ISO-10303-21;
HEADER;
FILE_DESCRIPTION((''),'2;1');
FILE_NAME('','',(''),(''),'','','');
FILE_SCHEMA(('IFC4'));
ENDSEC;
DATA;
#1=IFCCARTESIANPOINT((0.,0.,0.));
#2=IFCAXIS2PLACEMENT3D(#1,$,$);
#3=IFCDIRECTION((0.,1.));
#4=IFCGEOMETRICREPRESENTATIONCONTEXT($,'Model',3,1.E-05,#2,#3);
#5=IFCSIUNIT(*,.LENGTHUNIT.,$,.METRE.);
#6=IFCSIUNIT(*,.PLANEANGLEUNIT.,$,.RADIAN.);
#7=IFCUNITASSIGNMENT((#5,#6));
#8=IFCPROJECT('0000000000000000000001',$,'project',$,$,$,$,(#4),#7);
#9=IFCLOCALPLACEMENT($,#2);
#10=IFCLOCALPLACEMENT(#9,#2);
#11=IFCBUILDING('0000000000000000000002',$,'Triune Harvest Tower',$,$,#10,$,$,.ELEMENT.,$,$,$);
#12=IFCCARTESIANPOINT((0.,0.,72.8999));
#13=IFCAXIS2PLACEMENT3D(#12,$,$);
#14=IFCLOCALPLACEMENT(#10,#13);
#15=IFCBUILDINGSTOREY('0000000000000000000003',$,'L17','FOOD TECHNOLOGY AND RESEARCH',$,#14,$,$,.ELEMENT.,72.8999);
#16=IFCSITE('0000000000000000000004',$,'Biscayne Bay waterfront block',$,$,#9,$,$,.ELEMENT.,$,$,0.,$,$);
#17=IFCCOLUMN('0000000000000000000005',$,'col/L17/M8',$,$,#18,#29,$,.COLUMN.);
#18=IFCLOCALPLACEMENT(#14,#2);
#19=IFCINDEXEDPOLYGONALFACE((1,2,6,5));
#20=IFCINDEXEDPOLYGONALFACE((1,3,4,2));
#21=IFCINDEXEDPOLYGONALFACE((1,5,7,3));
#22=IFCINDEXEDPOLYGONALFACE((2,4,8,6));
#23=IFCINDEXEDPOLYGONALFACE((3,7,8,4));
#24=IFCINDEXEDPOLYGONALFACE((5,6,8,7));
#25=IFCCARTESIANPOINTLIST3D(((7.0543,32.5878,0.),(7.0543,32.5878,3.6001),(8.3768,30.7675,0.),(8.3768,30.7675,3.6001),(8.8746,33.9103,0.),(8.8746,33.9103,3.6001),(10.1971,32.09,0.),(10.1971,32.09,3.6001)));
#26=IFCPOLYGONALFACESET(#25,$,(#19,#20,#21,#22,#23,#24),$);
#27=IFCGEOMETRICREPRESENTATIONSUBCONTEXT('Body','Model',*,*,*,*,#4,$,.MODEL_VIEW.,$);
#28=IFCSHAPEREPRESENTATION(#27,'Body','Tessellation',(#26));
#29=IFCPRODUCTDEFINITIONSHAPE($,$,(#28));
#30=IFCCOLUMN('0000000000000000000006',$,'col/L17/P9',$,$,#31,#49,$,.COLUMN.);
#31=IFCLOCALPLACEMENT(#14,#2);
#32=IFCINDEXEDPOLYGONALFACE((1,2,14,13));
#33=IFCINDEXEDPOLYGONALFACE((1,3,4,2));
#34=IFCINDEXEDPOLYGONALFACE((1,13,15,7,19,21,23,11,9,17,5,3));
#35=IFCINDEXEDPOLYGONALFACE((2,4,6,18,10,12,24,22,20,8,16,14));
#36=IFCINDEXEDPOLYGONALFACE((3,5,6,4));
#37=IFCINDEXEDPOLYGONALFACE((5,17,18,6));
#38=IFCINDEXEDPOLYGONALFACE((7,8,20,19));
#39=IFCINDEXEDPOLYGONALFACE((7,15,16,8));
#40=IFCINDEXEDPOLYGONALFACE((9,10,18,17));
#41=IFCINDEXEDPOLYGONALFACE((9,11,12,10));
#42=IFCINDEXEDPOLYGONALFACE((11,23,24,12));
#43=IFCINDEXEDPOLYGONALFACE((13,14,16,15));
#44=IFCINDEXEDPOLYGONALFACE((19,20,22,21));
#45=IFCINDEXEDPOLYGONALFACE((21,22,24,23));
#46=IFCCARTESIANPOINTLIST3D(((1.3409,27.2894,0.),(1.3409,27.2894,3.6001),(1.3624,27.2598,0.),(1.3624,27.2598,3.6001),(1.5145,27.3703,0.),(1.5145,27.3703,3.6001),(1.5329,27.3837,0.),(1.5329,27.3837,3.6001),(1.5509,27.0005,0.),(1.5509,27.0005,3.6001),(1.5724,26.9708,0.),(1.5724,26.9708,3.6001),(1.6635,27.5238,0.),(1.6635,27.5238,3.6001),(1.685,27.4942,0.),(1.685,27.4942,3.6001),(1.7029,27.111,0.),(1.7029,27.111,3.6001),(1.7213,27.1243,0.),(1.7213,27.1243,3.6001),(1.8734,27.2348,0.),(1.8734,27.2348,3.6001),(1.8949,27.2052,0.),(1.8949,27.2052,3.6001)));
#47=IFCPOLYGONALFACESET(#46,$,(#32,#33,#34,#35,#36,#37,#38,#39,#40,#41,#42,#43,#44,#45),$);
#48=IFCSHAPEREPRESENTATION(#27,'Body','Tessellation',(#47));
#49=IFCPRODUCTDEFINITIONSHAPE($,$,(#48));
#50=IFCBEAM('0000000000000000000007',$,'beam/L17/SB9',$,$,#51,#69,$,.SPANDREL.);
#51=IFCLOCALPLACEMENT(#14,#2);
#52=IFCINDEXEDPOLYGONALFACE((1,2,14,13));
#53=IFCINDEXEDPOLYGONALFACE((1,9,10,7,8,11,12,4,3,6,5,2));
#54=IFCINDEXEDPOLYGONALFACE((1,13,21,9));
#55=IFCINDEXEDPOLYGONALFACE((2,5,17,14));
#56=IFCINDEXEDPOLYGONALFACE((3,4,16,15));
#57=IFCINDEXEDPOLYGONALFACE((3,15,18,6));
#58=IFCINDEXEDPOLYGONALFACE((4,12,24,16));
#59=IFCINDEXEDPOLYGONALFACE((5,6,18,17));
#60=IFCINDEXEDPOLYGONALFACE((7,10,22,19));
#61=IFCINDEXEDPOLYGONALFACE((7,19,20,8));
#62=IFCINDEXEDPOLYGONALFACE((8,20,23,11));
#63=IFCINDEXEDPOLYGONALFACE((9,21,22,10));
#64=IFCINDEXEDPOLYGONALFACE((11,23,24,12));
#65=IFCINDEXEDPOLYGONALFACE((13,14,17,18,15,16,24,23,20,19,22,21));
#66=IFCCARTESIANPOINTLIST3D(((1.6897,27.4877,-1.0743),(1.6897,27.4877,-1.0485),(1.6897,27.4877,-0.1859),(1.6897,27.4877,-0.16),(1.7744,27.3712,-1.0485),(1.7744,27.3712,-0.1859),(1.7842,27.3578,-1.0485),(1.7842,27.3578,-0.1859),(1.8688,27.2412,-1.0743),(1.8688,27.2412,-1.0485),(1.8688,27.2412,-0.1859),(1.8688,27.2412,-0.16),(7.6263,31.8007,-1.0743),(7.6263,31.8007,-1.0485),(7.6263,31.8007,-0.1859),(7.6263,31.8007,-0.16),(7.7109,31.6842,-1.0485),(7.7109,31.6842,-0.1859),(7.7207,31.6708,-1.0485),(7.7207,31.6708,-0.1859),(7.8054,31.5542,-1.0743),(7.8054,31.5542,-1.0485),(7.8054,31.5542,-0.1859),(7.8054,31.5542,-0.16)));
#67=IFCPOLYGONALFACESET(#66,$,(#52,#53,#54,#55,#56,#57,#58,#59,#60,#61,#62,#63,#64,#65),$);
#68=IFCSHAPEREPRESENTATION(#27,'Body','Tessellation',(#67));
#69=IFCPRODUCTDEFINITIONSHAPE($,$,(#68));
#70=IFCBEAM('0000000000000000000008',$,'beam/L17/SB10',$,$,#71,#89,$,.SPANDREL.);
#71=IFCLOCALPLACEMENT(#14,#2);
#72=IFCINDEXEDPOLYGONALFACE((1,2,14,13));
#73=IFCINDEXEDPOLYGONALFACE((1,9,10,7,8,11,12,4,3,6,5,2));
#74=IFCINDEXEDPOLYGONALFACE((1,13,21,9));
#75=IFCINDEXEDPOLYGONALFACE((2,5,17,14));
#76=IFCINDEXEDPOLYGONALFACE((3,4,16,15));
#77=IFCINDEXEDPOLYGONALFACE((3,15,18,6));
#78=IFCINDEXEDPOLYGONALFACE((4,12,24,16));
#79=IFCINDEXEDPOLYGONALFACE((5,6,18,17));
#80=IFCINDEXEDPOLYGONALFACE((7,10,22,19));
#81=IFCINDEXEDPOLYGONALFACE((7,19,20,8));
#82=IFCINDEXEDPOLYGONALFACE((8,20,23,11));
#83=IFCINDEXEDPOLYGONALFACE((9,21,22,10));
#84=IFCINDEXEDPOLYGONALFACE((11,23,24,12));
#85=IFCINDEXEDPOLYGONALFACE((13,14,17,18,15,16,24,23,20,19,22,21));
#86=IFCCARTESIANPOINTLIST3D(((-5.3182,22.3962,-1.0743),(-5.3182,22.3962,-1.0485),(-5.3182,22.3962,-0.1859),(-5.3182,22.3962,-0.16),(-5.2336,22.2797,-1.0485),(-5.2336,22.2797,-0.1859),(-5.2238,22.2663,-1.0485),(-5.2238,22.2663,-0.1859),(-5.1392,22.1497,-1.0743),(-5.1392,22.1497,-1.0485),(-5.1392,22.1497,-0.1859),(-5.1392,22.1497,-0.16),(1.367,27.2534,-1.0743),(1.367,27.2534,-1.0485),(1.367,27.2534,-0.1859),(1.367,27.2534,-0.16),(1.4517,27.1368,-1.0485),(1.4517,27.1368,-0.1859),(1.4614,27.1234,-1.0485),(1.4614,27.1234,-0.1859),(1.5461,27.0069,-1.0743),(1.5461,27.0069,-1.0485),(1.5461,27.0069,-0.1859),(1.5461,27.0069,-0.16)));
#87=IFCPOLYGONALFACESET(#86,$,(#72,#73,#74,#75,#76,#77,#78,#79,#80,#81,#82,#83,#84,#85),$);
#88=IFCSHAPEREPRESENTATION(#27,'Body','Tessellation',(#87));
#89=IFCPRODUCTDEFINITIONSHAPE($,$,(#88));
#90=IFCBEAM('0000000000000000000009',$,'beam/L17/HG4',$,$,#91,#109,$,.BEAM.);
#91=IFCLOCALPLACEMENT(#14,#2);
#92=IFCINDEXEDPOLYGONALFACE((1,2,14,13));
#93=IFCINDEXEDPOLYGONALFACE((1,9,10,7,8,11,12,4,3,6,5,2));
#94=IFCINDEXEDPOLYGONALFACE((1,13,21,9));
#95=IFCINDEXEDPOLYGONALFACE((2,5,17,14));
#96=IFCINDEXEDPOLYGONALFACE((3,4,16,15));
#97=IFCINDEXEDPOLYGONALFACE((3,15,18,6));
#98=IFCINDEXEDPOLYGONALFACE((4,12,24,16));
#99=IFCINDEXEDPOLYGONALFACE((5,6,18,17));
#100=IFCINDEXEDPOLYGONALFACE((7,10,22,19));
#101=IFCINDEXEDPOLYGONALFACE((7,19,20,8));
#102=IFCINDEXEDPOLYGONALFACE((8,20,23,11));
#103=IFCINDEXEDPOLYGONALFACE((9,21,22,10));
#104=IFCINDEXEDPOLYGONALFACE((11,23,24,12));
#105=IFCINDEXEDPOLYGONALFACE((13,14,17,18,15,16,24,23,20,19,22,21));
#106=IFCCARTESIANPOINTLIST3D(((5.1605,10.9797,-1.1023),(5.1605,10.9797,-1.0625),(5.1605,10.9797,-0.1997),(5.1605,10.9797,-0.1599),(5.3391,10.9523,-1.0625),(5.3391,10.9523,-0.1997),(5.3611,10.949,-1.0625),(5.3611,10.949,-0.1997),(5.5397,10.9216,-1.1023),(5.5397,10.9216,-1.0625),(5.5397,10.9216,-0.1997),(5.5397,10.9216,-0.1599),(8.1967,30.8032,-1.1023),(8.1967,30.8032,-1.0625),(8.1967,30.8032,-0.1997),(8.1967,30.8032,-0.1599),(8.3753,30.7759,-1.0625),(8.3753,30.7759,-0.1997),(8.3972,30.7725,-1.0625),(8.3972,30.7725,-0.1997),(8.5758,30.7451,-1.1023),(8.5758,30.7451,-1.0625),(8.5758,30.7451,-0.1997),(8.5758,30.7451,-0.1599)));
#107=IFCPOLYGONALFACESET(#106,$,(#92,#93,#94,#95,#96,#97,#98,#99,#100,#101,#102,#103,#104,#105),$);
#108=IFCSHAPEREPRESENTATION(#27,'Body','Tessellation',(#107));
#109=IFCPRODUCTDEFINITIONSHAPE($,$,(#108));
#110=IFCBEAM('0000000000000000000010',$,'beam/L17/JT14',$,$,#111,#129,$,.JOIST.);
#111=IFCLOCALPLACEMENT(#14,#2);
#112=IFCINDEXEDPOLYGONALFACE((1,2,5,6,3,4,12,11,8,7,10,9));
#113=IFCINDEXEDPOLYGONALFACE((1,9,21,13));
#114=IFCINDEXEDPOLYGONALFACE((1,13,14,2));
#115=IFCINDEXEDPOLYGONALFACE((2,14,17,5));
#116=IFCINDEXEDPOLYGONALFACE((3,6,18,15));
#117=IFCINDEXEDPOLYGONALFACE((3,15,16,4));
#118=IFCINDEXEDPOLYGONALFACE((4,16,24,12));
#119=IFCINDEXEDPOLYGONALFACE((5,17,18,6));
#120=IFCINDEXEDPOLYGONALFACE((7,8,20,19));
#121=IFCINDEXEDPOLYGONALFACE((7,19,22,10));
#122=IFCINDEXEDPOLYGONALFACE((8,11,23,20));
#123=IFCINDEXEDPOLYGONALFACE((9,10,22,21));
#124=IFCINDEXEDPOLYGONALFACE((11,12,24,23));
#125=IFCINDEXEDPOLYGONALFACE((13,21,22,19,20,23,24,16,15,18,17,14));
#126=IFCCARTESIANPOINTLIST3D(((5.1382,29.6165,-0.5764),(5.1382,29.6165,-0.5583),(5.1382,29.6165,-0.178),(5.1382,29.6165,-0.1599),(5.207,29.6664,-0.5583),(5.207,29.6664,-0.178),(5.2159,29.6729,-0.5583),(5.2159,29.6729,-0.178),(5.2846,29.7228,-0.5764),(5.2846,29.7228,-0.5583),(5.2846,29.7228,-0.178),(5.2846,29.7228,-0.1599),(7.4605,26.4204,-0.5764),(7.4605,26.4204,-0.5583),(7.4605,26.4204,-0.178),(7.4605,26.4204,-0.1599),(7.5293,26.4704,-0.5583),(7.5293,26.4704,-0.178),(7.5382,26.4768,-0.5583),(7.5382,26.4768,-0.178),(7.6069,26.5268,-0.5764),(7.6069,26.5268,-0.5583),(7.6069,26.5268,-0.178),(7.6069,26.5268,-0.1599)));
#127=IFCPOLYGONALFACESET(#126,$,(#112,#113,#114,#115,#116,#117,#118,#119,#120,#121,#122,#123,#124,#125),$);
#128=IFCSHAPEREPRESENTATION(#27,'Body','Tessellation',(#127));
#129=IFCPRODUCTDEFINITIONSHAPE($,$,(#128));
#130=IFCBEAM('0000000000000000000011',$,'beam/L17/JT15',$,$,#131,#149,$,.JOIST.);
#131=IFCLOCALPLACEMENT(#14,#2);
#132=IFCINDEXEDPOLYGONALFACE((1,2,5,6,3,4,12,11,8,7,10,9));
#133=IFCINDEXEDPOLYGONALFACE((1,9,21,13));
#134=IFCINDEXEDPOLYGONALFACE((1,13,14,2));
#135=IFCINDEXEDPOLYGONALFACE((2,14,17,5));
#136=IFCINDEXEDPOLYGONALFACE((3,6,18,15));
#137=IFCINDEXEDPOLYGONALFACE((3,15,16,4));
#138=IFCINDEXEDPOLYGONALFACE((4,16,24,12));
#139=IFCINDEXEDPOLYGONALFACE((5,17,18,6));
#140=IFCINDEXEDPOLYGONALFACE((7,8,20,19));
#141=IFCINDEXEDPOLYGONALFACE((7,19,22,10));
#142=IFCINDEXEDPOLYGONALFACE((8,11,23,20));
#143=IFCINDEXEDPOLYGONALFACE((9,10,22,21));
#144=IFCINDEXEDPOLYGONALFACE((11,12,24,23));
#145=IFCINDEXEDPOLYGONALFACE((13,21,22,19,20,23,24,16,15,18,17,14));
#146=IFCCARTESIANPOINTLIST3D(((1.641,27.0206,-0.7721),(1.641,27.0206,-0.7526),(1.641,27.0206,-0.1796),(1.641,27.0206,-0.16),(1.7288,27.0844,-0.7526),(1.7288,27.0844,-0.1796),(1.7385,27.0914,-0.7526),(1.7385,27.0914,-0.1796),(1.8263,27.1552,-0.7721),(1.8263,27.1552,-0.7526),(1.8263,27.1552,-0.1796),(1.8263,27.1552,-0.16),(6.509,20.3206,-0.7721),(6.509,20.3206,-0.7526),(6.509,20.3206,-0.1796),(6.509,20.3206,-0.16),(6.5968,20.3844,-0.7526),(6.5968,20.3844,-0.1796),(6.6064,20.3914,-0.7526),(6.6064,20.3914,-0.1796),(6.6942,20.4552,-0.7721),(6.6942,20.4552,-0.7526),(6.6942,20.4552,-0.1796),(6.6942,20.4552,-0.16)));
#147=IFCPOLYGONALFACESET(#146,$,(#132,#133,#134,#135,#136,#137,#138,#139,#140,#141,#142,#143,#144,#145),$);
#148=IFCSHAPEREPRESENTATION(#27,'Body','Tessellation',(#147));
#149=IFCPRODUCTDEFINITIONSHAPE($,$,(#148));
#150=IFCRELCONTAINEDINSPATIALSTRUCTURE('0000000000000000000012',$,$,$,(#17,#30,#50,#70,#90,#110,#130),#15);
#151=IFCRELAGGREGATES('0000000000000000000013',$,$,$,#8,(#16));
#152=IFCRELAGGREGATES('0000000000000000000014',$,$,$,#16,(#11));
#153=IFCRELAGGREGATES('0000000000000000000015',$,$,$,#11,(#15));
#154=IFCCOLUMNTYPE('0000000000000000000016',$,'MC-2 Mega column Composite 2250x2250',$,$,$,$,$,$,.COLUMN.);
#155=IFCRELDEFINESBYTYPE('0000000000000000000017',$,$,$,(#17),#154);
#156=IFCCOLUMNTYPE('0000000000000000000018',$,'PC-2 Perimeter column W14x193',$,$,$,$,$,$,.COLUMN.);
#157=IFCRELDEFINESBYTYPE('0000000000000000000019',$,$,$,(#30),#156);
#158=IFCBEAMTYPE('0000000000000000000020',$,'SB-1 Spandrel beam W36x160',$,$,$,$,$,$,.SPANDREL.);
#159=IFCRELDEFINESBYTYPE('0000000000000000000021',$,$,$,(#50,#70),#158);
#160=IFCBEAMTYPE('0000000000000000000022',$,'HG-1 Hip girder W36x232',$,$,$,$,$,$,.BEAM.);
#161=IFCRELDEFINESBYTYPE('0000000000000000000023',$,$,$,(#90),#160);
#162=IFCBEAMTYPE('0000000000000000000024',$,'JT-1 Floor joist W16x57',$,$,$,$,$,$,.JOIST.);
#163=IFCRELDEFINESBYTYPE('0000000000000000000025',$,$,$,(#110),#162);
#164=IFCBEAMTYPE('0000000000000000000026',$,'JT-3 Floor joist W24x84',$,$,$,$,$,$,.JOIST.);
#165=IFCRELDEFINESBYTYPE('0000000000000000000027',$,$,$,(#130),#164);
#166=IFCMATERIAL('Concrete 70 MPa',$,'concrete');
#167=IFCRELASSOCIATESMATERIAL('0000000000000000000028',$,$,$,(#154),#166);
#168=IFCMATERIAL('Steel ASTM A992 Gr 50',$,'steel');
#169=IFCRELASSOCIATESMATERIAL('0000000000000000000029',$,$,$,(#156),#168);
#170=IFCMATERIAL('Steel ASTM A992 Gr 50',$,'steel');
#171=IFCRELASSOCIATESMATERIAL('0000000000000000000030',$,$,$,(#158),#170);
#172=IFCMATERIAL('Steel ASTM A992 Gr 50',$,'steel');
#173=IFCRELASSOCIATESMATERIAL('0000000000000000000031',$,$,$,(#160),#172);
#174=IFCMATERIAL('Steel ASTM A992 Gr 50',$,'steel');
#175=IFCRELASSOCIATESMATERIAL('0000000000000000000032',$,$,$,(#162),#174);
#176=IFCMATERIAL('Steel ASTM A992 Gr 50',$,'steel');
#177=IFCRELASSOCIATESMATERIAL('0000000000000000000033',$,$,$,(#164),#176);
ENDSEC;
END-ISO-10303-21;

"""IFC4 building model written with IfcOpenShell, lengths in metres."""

from ifc_helpers import new_model, si_unit, direction, frame, origin, origin_2d, place, context, subcontext, project, spatial, rectangle, i_section, extrude, source, transform, mapped, material, material_profile, profile_set, type_object, element, save


model = new_model("IFC4")

# Units and contexts
model_context = context("Model", 3, precision=1e-05, world=origin(), true_north=direction((0.0, 1.0)))
body_context = subcontext(model_context, "Body", "Model", "MODEL_VIEW")
ifc_project = project(units=[si_unit("LENGTHUNIT", "METRE"), si_unit("PLANEANGLEUNIT", "RADIAN")], contexts=[model_context])

# Site, building, storey
site_placement = place(None, origin())
site = spatial("IfcSite", under=ifc_project, at=site_placement, Name="Biscayne Bay waterfront block", CompositionType="ELEMENT", RefElevation=0.0)
building_placement = place(site_placement, origin())
building = spatial("IfcBuilding", under=site, at=building_placement, Name="Triune Harvest Tower", CompositionType="ELEMENT")
storey_placement = place(building_placement, frame((0.0, 0.0, 72.8999)))
storey = spatial("IfcBuildingStorey", under=building, at=storey_placement, Name="L17", Description="FOOD TECHNOLOGY AND RESEARCH", CompositionType="ELEMENT", Elevation=72.8999)

# Columns
ifc_material_1 = material(Name="Concrete 70 MPa", Category="concrete")
ifc_material_profile_1 = material_profile(ifc_material_1, rectangle(XDim=2.25, YDim=2.25, at=origin_2d()), Name="Composite 2250x2250")
ifc_profile_set_1 = profile_set([ifc_material_profile_1], Name="Concrete 70 MPa")
column_type_1 = type_object("IfcColumnType", Name="MC-2 Mega column Composite 2250x2250", PredefinedType="COLUMN", material=ifc_profile_set_1)
shared_shape_1 = source(origin(), body_context, "Body", "SweptSolid", [
    extrude(rectangle(XDim=2.25, YDim=2.25, at=origin_2d()), origin(), (0.0, 0.0, 1.0), 3.6001),
])
column_1_placement = place(storey_placement, frame((8.6257, 32.3389, 0.0), z_axis=(0.0, 0.0, 1.0), x_axis=(-0.809017, -0.587785, 0.0)))
element("IfcColumn", 1, at=column_1_placement, inside=storey, type_object=column_type_1, Name="col/L17/M8", PredefinedType="COLUMN", context=body_context, shape_type="MappedRepresentation", body=[
    mapped(shared_shape_1, transform((0.0, 0.0, 0.0), scale=1.0)),
])
ifc_material_2 = material(Name="Steel ASTM A992 Gr 50", Category="steel")
ifc_material_profile_2 = material_profile(ifc_material_2, i_section(OverallWidth=0.3987, OverallDepth=0.3938, WebThickness=0.0227, FlangeThickness=0.0366, at=origin_2d()), Name="W14x193")
ifc_profile_set_2 = profile_set([ifc_material_profile_2], Name="Steel ASTM A992 Gr 50")
column_type_2 = type_object("IfcColumnType", Name="PC-2 Perimeter column W14x193", PredefinedType="COLUMN", material=ifc_profile_set_2)
shared_shape_2 = source(origin(), body_context, "Body", "SweptSolid", [
    extrude(i_section(OverallWidth=0.3987, OverallDepth=0.3938, WebThickness=0.0227, FlangeThickness=0.0366, at=origin_2d()), origin(), (0.0, 0.0, 1.0), 3.6001),
])
column_2_placement = place(storey_placement, frame((1.6179, 27.2473, 0.0), z_axis=(0.0, 0.0, 1.0), x_axis=(-0.809017, -0.587785, 0.0)))
element("IfcColumn", 2, at=column_2_placement, inside=storey, type_object=column_type_2, Name="col/L17/P9", PredefinedType="COLUMN", context=body_context, shape_type="MappedRepresentation", body=[
    mapped(shared_shape_2, transform((0.0, 0.0, 0.0), scale=1.0)),
])

# Beams
ifc_material_3 = material(Name="Steel ASTM A992 Gr 50", Category="steel")
ifc_material_profile_3 = material_profile(ifc_material_3, i_section(OverallWidth=0.3047, OverallDepth=0.9143, WebThickness=0.0166, FlangeThickness=0.0259, at=origin_2d()), Name="W36x160")
ifc_profile_set_3 = profile_set([ifc_material_profile_3], Name="Steel ASTM A992 Gr 50")
beam_type_1 = type_object("IfcBeamType", Name="SB-1 Spandrel beam W36x160", PredefinedType="SPANDREL", material=ifc_profile_set_3)
shared_shape_3 = source(origin(), body_context, "Body", "SweptSolid", [
    extrude(i_section(OverallWidth=0.3047, OverallDepth=0.9143, WebThickness=0.0166, FlangeThickness=0.0259, at=origin_2d()), origin(), (0.0, 0.0, 1.0), 7.3379),
])
beam_1_placement = place(storey_placement, frame((7.7158, 31.6775, -0.6172), z_axis=(-0.809027, -0.587772, 0.0), x_axis=(0.587772, -0.809027, 0.0)))
element("IfcBeam", 3, at=beam_1_placement, inside=storey, type_object=beam_type_1, Name="beam/L17/SB9", PredefinedType="SPANDREL", context=body_context, shape_type="MappedRepresentation", body=[
    mapped(shared_shape_3, transform((0.0, 0.0, 0.0), scale=1.0)),
])
shared_shape_4 = source(origin(), body_context, "Body", "SweptSolid", [
    extrude(i_section(OverallWidth=0.3047, OverallDepth=0.9143, WebThickness=0.0166, FlangeThickness=0.0259, at=origin_2d()), origin(), (0.0, 0.0, 1.0), 8.2634),
])
beam_2_placement = place(storey_placement, frame((1.4565, 27.1301, -0.6172), z_axis=(-0.809016, -0.587787, 0.0), x_axis=(0.587787, -0.809016, 0.0)))
element("IfcBeam", 4, at=beam_2_placement, inside=storey, type_object=beam_type_1, Name="beam/L17/SB10", PredefinedType="SPANDREL", context=body_context, shape_type="MappedRepresentation", body=[
    mapped(shared_shape_4, transform((0.0, 0.0, 0.0), scale=1.0)),
])
ifc_material_4 = material(Name="Steel ASTM A992 Gr 50", Category="steel")
ifc_material_profile_4 = material_profile(ifc_material_4, i_section(OverallWidth=0.3835, OverallDepth=0.9424, WebThickness=0.0222, FlangeThickness=0.0398, at=origin_2d()), Name="W36x232")
ifc_profile_set_4 = profile_set([ifc_material_profile_4], Name="Steel ASTM A992 Gr 50")
beam_type_2 = type_object("IfcBeamType", Name="HG-1 Hip girder W36x232", PredefinedType="BEAM", material=ifc_profile_set_4)
shared_shape_5 = source(origin(), body_context, "Body", "SweptSolid", [
    extrude(i_section(OverallWidth=0.3835, OverallDepth=0.9424, WebThickness=0.0222, FlangeThickness=0.0398, at=origin_2d()), origin(), (0.0, 0.0, 1.0), 20.0547),
])
beam_3_placement = place(storey_placement, frame((8.3862, 30.7742, -0.6311), z_axis=(-0.151393, -0.988474, 0.0), x_axis=(0.988474, -0.151393, 0.0)))
element("IfcBeam", 5, at=beam_3_placement, inside=storey, type_object=beam_type_2, Name="beam/L17/HG4", PredefinedType="BEAM", context=body_context, shape_type="MappedRepresentation", body=[
    mapped(shared_shape_5, transform((0.0, 0.0, 0.0), scale=1.0)),
])
ifc_material_5 = material(Name="Steel ASTM A992 Gr 50", Category="steel")
ifc_material_profile_5 = material_profile(ifc_material_5, i_section(OverallWidth=0.1809, OverallDepth=0.4165, WebThickness=0.011, FlangeThickness=0.0181, at=origin_2d()), Name="W16x57")
ifc_profile_set_5 = profile_set([ifc_material_profile_5], Name="Steel ASTM A992 Gr 50")
beam_type_3 = type_object("IfcBeamType", Name="JT-1 Floor joist W16x57", PredefinedType="JOIST", material=ifc_profile_set_5)
shared_shape_6 = source(origin(), body_context, "Body", "SweptSolid", [
    extrude(i_section(OverallWidth=0.1809, OverallDepth=0.4165, WebThickness=0.011, FlangeThickness=0.0181, at=origin_2d()), origin(), (0.0, 0.0, 1.0), 3.9507),
])
beam_4_placement = place(storey_placement, frame((5.2114, 29.6697, -0.3682), z_axis=(0.587819, -0.808993, 0.0), x_axis=(0.808993, 0.587819, 0.0)))
element("IfcBeam", 6, at=beam_4_placement, inside=storey, type_object=beam_type_3, Name="beam/L17/JT14", PredefinedType="JOIST", context=body_context, shape_type="MappedRepresentation", body=[
    mapped(shared_shape_6, transform((0.0, 0.0, 0.0), scale=1.0)),
])
ifc_material_6 = material(Name="Steel ASTM A992 Gr 50", Category="steel")
ifc_material_profile_6 = material_profile(ifc_material_6, i_section(OverallWidth=0.229, OverallDepth=0.6121, WebThickness=0.012, FlangeThickness=0.0195, at=origin_2d()), Name="W24x84")
ifc_profile_set_6 = profile_set([ifc_material_profile_6], Name="Steel ASTM A992 Gr 50")
beam_type_4 = type_object("IfcBeamType", Name="JT-3 Floor joist W24x84", PredefinedType="JOIST", material=ifc_profile_set_6)
shared_shape_7 = source(origin(), body_context, "Body", "SweptSolid", [
    extrude(i_section(OverallWidth=0.229, OverallDepth=0.6121, WebThickness=0.012, FlangeThickness=0.0195, at=origin_2d()), origin(), (0.0, 0.0, 1.0), 8.2817),
])
beam_5_placement = place(storey_placement, frame((1.7336, 27.0879, -0.4661), z_axis=(0.587795, -0.80901, 0.0), x_axis=(0.80901, 0.587795, 0.0)))
element("IfcBeam", 7, at=beam_5_placement, inside=storey, type_object=beam_type_4, Name="beam/L17/JT15", PredefinedType="JOIST", context=body_context, shape_type="MappedRepresentation", body=[
    mapped(shared_shape_7, transform((0.0, 0.0, 0.0), scale=1.0)),
])

save(model, "model.ifc")
